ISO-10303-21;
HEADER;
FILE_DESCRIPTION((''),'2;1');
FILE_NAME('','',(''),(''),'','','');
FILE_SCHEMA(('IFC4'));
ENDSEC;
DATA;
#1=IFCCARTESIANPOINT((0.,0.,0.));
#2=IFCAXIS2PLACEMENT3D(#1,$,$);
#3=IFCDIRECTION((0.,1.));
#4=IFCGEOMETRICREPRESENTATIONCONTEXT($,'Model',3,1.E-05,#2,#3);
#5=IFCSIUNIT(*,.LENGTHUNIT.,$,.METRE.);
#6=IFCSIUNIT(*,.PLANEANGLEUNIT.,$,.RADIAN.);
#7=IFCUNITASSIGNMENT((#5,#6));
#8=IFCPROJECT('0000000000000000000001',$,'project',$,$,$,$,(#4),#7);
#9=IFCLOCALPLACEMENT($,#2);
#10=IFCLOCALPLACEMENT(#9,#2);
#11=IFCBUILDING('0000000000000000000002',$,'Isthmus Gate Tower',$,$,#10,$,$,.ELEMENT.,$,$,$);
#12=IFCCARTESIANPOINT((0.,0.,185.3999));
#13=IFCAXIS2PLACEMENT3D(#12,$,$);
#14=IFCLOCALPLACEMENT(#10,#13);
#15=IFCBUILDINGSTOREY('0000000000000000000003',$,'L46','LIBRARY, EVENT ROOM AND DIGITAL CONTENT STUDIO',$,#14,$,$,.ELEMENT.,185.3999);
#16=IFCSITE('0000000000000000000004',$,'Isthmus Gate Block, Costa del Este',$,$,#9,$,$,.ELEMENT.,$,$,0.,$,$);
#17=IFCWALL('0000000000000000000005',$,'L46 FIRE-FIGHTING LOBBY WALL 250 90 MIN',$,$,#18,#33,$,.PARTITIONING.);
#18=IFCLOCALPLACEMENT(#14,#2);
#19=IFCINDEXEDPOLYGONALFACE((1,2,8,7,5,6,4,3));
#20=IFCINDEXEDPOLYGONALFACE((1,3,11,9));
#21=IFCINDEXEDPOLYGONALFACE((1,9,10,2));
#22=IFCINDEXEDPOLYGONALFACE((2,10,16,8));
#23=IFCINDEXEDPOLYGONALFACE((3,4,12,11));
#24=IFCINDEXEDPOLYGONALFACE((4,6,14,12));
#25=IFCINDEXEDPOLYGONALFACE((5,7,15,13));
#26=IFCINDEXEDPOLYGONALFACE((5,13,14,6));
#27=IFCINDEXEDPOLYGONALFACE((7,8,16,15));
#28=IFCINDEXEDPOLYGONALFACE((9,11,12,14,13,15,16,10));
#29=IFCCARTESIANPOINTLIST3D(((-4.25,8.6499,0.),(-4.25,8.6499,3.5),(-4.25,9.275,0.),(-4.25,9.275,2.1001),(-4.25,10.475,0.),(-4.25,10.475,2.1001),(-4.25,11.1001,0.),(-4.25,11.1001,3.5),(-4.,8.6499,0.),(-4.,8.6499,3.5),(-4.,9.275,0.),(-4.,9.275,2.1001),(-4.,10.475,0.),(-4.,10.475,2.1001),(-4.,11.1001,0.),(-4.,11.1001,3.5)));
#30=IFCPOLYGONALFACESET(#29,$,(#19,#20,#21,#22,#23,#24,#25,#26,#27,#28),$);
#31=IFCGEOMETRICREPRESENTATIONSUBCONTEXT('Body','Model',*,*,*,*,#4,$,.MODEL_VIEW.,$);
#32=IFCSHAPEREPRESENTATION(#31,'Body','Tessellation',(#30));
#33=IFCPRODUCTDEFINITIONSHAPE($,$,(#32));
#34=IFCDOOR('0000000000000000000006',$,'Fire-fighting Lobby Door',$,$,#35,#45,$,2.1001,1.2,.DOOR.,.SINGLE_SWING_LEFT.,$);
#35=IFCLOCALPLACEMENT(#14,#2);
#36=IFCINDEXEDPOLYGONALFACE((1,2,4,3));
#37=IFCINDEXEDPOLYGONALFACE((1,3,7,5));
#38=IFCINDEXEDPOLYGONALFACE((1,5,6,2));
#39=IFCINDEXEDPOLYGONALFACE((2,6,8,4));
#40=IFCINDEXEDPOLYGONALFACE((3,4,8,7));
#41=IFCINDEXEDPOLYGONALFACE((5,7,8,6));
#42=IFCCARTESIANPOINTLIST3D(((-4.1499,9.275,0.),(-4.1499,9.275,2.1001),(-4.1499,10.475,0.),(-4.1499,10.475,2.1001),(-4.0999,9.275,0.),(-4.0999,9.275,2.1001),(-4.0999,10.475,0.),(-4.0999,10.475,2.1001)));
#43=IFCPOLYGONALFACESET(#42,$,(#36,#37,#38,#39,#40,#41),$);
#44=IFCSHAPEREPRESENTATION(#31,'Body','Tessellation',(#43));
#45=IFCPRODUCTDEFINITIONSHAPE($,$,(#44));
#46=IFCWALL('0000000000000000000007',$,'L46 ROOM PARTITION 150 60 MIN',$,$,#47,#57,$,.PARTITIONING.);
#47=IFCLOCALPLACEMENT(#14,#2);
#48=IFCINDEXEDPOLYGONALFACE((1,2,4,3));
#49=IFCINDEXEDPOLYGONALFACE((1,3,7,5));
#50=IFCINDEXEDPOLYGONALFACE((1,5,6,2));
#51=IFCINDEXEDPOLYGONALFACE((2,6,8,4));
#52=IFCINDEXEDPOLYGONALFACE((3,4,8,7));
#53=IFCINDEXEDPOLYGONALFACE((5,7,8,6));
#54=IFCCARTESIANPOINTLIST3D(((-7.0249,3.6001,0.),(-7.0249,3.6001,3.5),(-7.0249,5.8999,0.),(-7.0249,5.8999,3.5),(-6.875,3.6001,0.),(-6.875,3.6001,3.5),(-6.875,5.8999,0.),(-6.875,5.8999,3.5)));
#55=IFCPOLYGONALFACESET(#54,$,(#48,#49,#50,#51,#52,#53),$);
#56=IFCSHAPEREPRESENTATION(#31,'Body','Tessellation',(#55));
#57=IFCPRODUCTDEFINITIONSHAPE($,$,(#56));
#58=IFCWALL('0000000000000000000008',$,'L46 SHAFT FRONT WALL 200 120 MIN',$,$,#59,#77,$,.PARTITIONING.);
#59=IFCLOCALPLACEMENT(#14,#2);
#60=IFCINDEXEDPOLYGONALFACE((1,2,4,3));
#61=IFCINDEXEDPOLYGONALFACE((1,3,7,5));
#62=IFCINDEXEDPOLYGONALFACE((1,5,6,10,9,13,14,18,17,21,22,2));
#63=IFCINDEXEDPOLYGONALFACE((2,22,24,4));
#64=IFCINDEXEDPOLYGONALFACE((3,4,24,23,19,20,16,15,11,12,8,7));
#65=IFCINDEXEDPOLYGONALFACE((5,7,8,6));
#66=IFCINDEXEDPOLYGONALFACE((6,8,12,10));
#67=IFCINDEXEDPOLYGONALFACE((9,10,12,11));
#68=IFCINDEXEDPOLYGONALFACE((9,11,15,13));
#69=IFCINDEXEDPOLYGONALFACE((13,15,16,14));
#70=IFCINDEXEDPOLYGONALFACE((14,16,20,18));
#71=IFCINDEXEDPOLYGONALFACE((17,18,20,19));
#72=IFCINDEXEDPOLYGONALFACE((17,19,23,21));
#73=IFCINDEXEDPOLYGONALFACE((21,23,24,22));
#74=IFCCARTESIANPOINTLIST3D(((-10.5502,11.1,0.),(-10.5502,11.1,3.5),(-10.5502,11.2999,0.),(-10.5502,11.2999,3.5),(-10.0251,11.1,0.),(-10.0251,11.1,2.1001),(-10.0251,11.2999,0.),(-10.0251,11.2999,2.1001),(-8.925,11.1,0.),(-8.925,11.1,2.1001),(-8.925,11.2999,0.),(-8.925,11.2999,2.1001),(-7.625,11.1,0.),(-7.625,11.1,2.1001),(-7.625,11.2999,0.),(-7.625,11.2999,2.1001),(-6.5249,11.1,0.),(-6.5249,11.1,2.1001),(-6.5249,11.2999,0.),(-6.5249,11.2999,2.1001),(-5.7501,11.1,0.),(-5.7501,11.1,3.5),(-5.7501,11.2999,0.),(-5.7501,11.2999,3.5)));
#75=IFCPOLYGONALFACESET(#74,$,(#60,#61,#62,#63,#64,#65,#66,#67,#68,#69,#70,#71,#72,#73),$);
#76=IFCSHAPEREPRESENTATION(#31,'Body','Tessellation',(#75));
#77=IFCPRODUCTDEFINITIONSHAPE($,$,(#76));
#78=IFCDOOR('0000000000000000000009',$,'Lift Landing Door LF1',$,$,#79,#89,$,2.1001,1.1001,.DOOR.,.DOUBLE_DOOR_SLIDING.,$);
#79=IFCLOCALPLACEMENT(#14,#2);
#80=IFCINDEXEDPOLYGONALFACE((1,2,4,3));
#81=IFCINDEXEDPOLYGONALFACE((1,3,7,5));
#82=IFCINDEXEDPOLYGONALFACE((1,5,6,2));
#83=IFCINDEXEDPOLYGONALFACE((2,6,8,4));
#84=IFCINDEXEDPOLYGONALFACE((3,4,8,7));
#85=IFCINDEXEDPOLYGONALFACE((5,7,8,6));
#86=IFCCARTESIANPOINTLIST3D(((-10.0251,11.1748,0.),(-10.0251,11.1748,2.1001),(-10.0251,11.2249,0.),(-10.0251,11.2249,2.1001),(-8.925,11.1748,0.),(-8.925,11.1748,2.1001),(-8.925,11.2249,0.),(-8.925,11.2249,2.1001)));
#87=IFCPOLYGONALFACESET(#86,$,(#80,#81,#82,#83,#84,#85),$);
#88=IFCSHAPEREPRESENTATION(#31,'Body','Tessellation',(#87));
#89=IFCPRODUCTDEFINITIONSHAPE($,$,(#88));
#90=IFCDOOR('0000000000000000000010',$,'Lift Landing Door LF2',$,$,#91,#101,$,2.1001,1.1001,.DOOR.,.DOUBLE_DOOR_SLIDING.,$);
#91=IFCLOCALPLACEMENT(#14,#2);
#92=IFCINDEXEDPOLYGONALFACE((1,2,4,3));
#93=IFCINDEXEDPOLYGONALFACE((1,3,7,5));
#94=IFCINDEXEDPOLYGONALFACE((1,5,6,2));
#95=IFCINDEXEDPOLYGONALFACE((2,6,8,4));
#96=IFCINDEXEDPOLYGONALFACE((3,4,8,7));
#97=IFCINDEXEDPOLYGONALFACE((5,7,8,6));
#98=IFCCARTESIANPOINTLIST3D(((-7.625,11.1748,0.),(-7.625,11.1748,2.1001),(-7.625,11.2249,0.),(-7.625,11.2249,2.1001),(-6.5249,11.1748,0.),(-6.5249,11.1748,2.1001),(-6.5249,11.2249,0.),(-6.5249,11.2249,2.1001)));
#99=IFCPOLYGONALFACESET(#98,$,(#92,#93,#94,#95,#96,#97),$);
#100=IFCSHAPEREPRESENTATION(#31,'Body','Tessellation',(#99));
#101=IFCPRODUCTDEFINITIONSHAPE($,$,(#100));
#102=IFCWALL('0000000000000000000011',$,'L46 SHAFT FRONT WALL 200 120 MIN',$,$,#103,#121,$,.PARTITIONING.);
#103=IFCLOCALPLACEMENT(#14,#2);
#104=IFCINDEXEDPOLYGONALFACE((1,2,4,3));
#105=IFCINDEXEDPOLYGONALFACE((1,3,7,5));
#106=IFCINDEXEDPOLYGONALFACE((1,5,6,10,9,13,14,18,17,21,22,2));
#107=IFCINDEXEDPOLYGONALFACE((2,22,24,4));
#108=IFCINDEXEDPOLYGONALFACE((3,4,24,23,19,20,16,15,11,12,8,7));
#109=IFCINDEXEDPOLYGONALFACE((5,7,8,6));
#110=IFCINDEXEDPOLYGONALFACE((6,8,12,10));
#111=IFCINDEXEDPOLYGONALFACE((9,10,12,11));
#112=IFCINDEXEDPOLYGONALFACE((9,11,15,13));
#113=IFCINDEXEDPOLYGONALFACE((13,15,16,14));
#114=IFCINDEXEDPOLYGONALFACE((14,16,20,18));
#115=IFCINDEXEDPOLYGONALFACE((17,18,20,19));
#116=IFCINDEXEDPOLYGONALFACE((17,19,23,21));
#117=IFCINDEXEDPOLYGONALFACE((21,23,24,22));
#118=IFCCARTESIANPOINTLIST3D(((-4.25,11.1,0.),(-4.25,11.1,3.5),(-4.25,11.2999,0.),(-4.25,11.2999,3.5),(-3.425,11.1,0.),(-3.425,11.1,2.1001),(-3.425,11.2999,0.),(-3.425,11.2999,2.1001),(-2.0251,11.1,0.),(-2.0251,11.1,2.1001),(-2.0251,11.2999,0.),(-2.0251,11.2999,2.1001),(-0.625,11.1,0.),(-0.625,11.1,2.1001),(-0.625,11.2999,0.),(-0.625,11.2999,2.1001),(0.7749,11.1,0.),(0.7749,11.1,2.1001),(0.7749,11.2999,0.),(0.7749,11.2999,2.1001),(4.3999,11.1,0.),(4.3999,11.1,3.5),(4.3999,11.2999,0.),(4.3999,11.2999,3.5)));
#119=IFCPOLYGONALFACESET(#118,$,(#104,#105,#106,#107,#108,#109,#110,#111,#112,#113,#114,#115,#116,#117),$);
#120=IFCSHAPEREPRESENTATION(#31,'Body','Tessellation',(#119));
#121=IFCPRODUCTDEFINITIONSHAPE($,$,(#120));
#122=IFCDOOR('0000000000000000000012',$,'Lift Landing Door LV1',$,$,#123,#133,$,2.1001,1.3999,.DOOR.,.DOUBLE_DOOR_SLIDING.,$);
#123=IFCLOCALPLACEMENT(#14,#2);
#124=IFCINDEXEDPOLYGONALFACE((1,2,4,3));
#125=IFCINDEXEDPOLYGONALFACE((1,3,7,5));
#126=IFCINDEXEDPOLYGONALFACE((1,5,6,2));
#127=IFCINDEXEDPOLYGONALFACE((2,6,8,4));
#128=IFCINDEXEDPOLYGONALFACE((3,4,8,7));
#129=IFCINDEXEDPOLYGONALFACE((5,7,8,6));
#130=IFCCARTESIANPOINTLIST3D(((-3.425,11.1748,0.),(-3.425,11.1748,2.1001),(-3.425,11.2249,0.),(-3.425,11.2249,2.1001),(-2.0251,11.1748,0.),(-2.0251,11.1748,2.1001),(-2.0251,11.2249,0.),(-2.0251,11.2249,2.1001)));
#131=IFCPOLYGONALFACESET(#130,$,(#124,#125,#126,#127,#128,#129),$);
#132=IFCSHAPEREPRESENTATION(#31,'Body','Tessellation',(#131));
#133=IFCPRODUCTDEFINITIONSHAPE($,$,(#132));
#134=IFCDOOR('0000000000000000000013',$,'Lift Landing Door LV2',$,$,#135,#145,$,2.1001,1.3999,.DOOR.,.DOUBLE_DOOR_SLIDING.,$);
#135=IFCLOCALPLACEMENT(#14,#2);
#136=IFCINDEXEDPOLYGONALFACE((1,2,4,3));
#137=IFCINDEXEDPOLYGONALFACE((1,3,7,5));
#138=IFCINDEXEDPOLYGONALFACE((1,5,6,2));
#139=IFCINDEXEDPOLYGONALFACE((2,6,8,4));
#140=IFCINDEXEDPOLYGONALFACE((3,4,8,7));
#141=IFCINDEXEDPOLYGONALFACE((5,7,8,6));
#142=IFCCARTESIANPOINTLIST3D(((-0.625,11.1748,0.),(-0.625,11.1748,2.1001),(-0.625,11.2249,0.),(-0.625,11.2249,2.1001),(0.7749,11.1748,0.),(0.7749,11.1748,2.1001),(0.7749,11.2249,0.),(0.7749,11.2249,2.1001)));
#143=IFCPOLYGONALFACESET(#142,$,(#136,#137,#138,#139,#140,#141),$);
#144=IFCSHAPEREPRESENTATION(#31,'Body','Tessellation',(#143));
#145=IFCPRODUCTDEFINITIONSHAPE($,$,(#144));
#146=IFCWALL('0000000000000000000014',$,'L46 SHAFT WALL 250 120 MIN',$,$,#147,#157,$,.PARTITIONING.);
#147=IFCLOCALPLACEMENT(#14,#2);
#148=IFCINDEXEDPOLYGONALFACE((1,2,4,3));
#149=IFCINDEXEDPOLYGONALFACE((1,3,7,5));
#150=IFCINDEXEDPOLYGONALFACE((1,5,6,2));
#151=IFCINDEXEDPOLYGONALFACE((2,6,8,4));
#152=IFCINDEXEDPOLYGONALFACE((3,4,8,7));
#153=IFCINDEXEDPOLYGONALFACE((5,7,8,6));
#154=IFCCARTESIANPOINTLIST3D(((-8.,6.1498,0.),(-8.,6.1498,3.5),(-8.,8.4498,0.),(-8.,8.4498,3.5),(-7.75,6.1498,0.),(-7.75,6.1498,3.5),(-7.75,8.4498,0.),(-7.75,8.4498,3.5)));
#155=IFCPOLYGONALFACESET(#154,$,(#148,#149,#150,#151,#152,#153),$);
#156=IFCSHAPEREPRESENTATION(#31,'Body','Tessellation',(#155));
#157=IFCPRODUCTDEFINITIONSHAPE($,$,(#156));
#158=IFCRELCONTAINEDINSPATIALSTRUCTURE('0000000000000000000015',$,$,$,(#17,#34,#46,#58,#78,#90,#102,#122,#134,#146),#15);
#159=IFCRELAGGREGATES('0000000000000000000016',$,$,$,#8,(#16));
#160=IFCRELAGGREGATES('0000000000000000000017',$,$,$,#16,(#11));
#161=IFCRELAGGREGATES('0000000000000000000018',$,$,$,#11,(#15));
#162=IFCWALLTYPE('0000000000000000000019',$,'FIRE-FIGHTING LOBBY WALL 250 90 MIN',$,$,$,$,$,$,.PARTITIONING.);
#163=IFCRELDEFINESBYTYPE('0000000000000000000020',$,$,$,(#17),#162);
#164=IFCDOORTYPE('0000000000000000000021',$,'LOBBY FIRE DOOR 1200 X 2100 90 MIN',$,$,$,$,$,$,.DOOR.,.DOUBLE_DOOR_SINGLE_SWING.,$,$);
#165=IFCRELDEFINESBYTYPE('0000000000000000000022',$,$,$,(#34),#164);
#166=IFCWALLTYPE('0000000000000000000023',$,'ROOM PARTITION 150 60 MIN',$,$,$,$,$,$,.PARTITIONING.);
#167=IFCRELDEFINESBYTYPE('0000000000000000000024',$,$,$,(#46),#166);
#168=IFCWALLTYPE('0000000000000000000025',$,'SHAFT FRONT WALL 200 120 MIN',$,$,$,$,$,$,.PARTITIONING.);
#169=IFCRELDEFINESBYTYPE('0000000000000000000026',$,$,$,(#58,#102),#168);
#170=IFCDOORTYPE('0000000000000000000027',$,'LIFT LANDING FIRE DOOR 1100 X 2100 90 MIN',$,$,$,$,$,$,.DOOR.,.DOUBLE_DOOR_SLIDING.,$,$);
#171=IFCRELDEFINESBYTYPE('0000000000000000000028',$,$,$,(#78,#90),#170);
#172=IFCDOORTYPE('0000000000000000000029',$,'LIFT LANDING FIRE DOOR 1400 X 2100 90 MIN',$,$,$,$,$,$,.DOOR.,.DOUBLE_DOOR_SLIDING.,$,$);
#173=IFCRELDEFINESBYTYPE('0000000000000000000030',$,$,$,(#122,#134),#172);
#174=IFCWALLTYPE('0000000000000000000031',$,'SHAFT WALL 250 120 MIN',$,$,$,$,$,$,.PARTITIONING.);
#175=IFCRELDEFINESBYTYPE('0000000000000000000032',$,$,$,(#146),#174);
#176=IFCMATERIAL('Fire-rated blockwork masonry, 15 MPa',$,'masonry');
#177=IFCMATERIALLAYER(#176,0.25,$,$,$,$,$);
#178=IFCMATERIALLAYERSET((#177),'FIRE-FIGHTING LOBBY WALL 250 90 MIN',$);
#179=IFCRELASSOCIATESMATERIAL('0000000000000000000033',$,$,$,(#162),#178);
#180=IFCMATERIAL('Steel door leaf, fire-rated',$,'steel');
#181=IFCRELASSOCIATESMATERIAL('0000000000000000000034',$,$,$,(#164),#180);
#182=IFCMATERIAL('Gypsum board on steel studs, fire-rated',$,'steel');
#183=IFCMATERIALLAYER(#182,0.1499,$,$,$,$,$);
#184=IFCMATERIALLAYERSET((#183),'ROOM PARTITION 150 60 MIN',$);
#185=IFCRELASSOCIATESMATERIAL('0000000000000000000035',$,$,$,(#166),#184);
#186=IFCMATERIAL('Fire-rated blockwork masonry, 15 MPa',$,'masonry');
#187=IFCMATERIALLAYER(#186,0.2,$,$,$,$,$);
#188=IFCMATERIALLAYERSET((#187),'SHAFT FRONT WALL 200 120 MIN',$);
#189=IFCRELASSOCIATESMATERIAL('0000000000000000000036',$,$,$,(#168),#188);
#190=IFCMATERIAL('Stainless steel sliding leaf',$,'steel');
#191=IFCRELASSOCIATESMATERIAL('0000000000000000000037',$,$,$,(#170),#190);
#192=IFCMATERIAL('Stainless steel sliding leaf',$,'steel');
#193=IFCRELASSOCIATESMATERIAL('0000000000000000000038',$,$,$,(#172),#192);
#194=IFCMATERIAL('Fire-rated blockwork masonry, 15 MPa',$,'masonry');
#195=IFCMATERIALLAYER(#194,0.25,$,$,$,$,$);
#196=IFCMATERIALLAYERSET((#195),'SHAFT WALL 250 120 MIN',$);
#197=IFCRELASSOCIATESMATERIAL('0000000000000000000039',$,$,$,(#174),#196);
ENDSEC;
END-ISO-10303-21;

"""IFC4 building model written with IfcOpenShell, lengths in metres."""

from ifc_helpers import new_model, si_unit, direction, frame, frame_2d, origin, place, context, subcontext, project, spatial, rectangle, extrude, material, layer, layer_set, type_object, element, fill, save


model = new_model("IFC4")

# Units and contexts
model_context = context("Model", 3, precision=1e-05, world=origin(), true_north=direction((0.0, 1.0)))
body_context = subcontext(model_context, "Body", "Model", "MODEL_VIEW")
ifc_project = project(units=[si_unit("LENGTHUNIT", "METRE"), si_unit("PLANEANGLEUNIT", "RADIAN")], contexts=[model_context])

# Site, building, storey
site_placement = place(None, origin())
site = spatial("IfcSite", under=ifc_project, at=site_placement, Name="Isthmus Gate Block, Costa del Este", CompositionType="ELEMENT", RefElevation=0.0)
building_placement = place(site_placement, origin())
building = spatial("IfcBuilding", under=site, at=building_placement, Name="Isthmus Gate Tower", CompositionType="ELEMENT")
storey_placement = place(building_placement, frame((0.0, 0.0, 185.3999)))
storey = spatial("IfcBuildingStorey", under=building, at=storey_placement, Name="L46", Description="LIBRARY, EVENT ROOM AND DIGITAL CONTENT STUDIO", CompositionType="ELEMENT", Elevation=185.3999)

# Wall, opening, door
ifc_material_1 = material(Name="Fire-rated blockwork masonry, 15 MPa", Category="masonry")
ifc_layer_1 = layer(ifc_material_1, 0.25)
ifc_layer_set_1 = layer_set([ifc_layer_1], Name="FIRE-FIGHTING LOBBY WALL 250 90 MIN")
wall_type_1 = type_object("IfcWallType", Name="FIRE-FIGHTING LOBBY WALL 250 90 MIN", PredefinedType="PARTITIONING", material=ifc_layer_set_1)
wall_1_placement = place(storey_placement, frame((-4.125, 8.6499, 0.0), z_axis=(0.0, 0.0, 1.0), x_axis=(0.0, 1.0, 0.0)))
wall_1 = element("IfcWall", 1, at=wall_1_placement, inside=storey, type_object=wall_type_1, Name="L46 FIRE-FIGHTING LOBBY WALL 250 90 MIN", PredefinedType="PARTITIONING", context=body_context, shape_type="SweptSolid", body=[
    extrude(rectangle(XDim=2.4502, YDim=0.25, at=frame_2d((1.2251, 0.0))), origin(), (0.0, 0.0, 1.0), 3.5),
])
opening_1_placement = place(wall_1_placement, frame((0.625, 0.0, 0.0)))
opening_1 = element("IfcOpeningElement", 2, at=opening_1_placement, cuts=wall_1, PredefinedType="OPENING", context=body_context, shape_type="SweptSolid", body=[
    extrude(rectangle(XDim=1.2, YDim=2.1001, at=frame_2d((0.6001, 1.05))), frame((0.0, 0.135, 0.0), z_axis=(0.0, -1.0, 0.0), x_axis=(1.0, 0.0, 0.0)), (0.0, 0.0, 1.0), 0.27),
])
ifc_material_2 = material(Name="Steel door leaf, fire-rated", Category="steel")
door_type_1 = type_object("IfcDoorType", Name="LOBBY FIRE DOOR 1200 X 2100 90 MIN", OperationType="DOUBLE_DOOR_SINGLE_SWING", PredefinedType="DOOR", material=ifc_material_2)
door_1_placement = place(opening_1_placement, origin())
door_1 = element("IfcDoor", 3, at=door_1_placement, inside=storey, type_object=door_type_1, Name="Fire-fighting Lobby Door", OperationType="SINGLE_SWING_LEFT", OverallHeight=2.1001, OverallWidth=1.2, PredefinedType="DOOR", context=body_context, shape_type="SweptSolid", body=[
    extrude(rectangle(XDim=1.2, YDim=2.1001, at=frame_2d((0.6001, 1.05))), frame((0.0, 0.0249, 0.0), z_axis=(0.0, -1.0, 0.0), x_axis=(1.0, 0.0, 0.0)), (0.0, 0.0, 1.0), 0.05),
])
fill(opening_1, door_1)

# Wall
ifc_material_3 = material(Name="Gypsum board on steel studs, fire-rated", Category="steel")
ifc_layer_2 = layer(ifc_material_3, 0.1499)
ifc_layer_set_2 = layer_set([ifc_layer_2], Name="ROOM PARTITION 150 60 MIN")
wall_type_2 = type_object("IfcWallType", Name="ROOM PARTITION 150 60 MIN", PredefinedType="PARTITIONING", material=ifc_layer_set_2)
wall_2_placement = place(storey_placement, frame((-6.95, 3.6001, 0.0), z_axis=(0.0, 0.0, 1.0), x_axis=(0.0, 1.0, 0.0)))
element("IfcWall", 4, at=wall_2_placement, inside=storey, type_object=wall_type_2, Name="L46 ROOM PARTITION 150 60 MIN", PredefinedType="PARTITIONING", context=body_context, shape_type="SweptSolid", body=[
    extrude(rectangle(XDim=2.2998, YDim=0.1499, at=frame_2d((1.1499, 0.0))), origin(), (0.0, 0.0, 1.0), 3.5),
])

# Walls, openings, doors
ifc_material_4 = material(Name="Fire-rated blockwork masonry, 15 MPa", Category="masonry")
ifc_layer_3 = layer(ifc_material_4, 0.2)
ifc_layer_set_3 = layer_set([ifc_layer_3], Name="SHAFT FRONT WALL 200 120 MIN")
wall_type_3 = type_object("IfcWallType", Name="SHAFT FRONT WALL 200 120 MIN", PredefinedType="PARTITIONING", material=ifc_layer_set_3)
wall_3_placement = place(storey_placement, frame((-10.55, 11.2, 0.0), z_axis=(0.0, 0.0, 1.0), x_axis=(1.0, 0.0, 0.0)))
wall_3 = element("IfcWall", 5, at=wall_3_placement, inside=storey, type_object=wall_type_3, Name="L46 SHAFT FRONT WALL 200 120 MIN", PredefinedType="PARTITIONING", context=body_context, shape_type="SweptSolid", body=[
    extrude(rectangle(XDim=4.8, YDim=0.2, at=frame_2d((2.3999, 0.0))), origin(), (0.0, 0.0, 1.0), 3.5),
])
opening_2_placement = place(wall_3_placement, frame((0.5249, 0.0, 0.0)))
opening_2 = element("IfcOpeningElement", 6, at=opening_2_placement, cuts=wall_3, PredefinedType="OPENING", context=body_context, shape_type="SweptSolid", body=[
    extrude(rectangle(XDim=1.1001, YDim=2.1001, at=frame_2d((0.55, 1.05))), frame((0.0, 0.1099, 0.0), z_axis=(0.0, -1.0, 0.0), x_axis=(1.0, 0.0, 0.0)), (0.0, 0.0, 1.0), 0.22),
])
opening_3_placement = place(wall_3_placement, frame((2.925, 0.0, 0.0)))
opening_3 = element("IfcOpeningElement", 7, at=opening_3_placement, cuts=wall_3, PredefinedType="OPENING", context=body_context, shape_type="SweptSolid", body=[
    extrude(rectangle(XDim=1.1001, YDim=2.1001, at=frame_2d((0.55, 1.05))), frame((0.0, 0.1099, 0.0), z_axis=(0.0, -1.0, 0.0), x_axis=(1.0, 0.0, 0.0)), (0.0, 0.0, 1.0), 0.22),
])
ifc_material_5 = material(Name="Stainless steel sliding leaf", Category="steel")
door_type_2 = type_object("IfcDoorType", Name="LIFT LANDING FIRE DOOR 1100 X 2100 90 MIN", OperationType="DOUBLE_DOOR_SLIDING", PredefinedType="DOOR", material=ifc_material_5)
door_2_placement = place(opening_2_placement, origin())
door_2 = element("IfcDoor", 8, at=door_2_placement, inside=storey, type_object=door_type_2, Name="Lift Landing Door LF1", OperationType="DOUBLE_DOOR_SLIDING", OverallHeight=2.1001, OverallWidth=1.1001, PredefinedType="DOOR", context=body_context, shape_type="SweptSolid", body=[
    extrude(rectangle(XDim=1.1001, YDim=2.1001, at=frame_2d((0.55, 1.05))), frame((0.0, 0.0249, 0.0), z_axis=(0.0, -1.0, 0.0), x_axis=(1.0, 0.0, 0.0)), (0.0, 0.0, 1.0), 0.05),
])
fill(opening_2, door_2)
door_3_placement = place(opening_3_placement, origin())
door_3 = element("IfcDoor", 9, at=door_3_placement, inside=storey, type_object=door_type_2, Name="Lift Landing Door LF2", OperationType="DOUBLE_DOOR_SLIDING", OverallHeight=2.1001, OverallWidth=1.1001, PredefinedType="DOOR", context=body_context, shape_type="SweptSolid", body=[
    extrude(rectangle(XDim=1.1001, YDim=2.1001, at=frame_2d((0.55, 1.05))), frame((0.0, 0.0249, 0.0), z_axis=(0.0, -1.0, 0.0), x_axis=(1.0, 0.0, 0.0)), (0.0, 0.0, 1.0), 0.05),
])
fill(opening_3, door_3)
wall_4_placement = place(storey_placement, frame((-4.25, 11.2, 0.0), z_axis=(0.0, 0.0, 1.0), x_axis=(1.0, 0.0, 0.0)))
wall_4 = element("IfcWall", 10, at=wall_4_placement, inside=storey, type_object=wall_type_3, Name="L46 SHAFT FRONT WALL 200 120 MIN", PredefinedType="PARTITIONING", context=body_context, shape_type="SweptSolid", body=[
    extrude(rectangle(XDim=8.6499, YDim=0.2, at=frame_2d((4.325, 0.0))), origin(), (0.0, 0.0, 1.0), 3.5),
])
opening_4_placement = place(wall_4_placement, frame((0.825, 0.0, 0.0)))
opening_4 = element("IfcOpeningElement", 11, at=opening_4_placement, cuts=wall_4, PredefinedType="OPENING", context=body_context, shape_type="SweptSolid", body=[
    extrude(rectangle(XDim=1.3999, YDim=2.1001, at=frame_2d((0.7, 1.05))), frame((0.0, 0.1099, 0.0), z_axis=(0.0, -1.0, 0.0), x_axis=(1.0, 0.0, 0.0)), (0.0, 0.0, 1.0), 0.22),
])
opening_5_placement = place(wall_4_placement, frame((3.625, 0.0, 0.0)))
opening_5 = element("IfcOpeningElement", 12, at=opening_5_placement, cuts=wall_4, PredefinedType="OPENING", context=body_context, shape_type="SweptSolid", body=[
    extrude(rectangle(XDim=1.3999, YDim=2.1001, at=frame_2d((0.7, 1.05))), frame((0.0, 0.1099, 0.0), z_axis=(0.0, -1.0, 0.0), x_axis=(1.0, 0.0, 0.0)), (0.0, 0.0, 1.0), 0.22),
])
ifc_material_6 = material(Name="Stainless steel sliding leaf", Category="steel")
door_type_3 = type_object("IfcDoorType", Name="LIFT LANDING FIRE DOOR 1400 X 2100 90 MIN", OperationType="DOUBLE_DOOR_SLIDING", PredefinedType="DOOR", material=ifc_material_6)
door_4_placement = place(opening_4_placement, origin())
door_4 = element("IfcDoor", 13, at=door_4_placement, inside=storey, type_object=door_type_3, Name="Lift Landing Door LV1", OperationType="DOUBLE_DOOR_SLIDING", OverallHeight=2.1001, OverallWidth=1.3999, PredefinedType="DOOR", context=body_context, shape_type="SweptSolid", body=[
    extrude(rectangle(XDim=1.3999, YDim=2.1001, at=frame_2d((0.7, 1.05))), frame((0.0, 0.0249, 0.0), z_axis=(0.0, -1.0, 0.0), x_axis=(1.0, 0.0, 0.0)), (0.0, 0.0, 1.0), 0.05),
])
fill(opening_4, door_4)
door_5_placement = place(opening_5_placement, origin())
door_5 = element("IfcDoor", 14, at=door_5_placement, inside=storey, type_object=door_type_3, Name="Lift Landing Door LV2", OperationType="DOUBLE_DOOR_SLIDING", OverallHeight=2.1001, OverallWidth=1.3999, PredefinedType="DOOR", context=body_context, shape_type="SweptSolid", body=[
    extrude(rectangle(XDim=1.3999, YDim=2.1001, at=frame_2d((0.7, 1.05))), frame((0.0, 0.0249, 0.0), z_axis=(0.0, -1.0, 0.0), x_axis=(1.0, 0.0, 0.0)), (0.0, 0.0, 1.0), 0.05),
])
fill(opening_5, door_5)

# Wall
ifc_material_7 = material(Name="Fire-rated blockwork masonry, 15 MPa", Category="masonry")
ifc_layer_4 = layer(ifc_material_7, 0.25)
ifc_layer_set_4 = layer_set([ifc_layer_4], Name="SHAFT WALL 250 120 MIN")
wall_type_4 = type_object("IfcWallType", Name="SHAFT WALL 250 120 MIN", PredefinedType="PARTITIONING", material=ifc_layer_set_4)
for number, where, z_axis, x_axis, name in (
    (15, (-7.875, 6.1499, 0.0), (0.0, 0.0, 1.0), (0.0, 1.0, 0.0), "L46 SHAFT WALL 250 120 MIN"),
):
    element("IfcWall", number, at=place(storey_placement, frame(where, z_axis=z_axis, x_axis=x_axis)), inside=storey, type_object=wall_type_4, Name=name, PredefinedType="PARTITIONING", context=body_context, shape_type="SweptSolid", body=[
        extrude(rectangle(XDim=2.3, YDim=0.25, at=frame_2d((1.1499, 0.0))), origin(), (0.0, 0.0, 1.0), 3.5),
    ])

save(model, "model.ifc")
